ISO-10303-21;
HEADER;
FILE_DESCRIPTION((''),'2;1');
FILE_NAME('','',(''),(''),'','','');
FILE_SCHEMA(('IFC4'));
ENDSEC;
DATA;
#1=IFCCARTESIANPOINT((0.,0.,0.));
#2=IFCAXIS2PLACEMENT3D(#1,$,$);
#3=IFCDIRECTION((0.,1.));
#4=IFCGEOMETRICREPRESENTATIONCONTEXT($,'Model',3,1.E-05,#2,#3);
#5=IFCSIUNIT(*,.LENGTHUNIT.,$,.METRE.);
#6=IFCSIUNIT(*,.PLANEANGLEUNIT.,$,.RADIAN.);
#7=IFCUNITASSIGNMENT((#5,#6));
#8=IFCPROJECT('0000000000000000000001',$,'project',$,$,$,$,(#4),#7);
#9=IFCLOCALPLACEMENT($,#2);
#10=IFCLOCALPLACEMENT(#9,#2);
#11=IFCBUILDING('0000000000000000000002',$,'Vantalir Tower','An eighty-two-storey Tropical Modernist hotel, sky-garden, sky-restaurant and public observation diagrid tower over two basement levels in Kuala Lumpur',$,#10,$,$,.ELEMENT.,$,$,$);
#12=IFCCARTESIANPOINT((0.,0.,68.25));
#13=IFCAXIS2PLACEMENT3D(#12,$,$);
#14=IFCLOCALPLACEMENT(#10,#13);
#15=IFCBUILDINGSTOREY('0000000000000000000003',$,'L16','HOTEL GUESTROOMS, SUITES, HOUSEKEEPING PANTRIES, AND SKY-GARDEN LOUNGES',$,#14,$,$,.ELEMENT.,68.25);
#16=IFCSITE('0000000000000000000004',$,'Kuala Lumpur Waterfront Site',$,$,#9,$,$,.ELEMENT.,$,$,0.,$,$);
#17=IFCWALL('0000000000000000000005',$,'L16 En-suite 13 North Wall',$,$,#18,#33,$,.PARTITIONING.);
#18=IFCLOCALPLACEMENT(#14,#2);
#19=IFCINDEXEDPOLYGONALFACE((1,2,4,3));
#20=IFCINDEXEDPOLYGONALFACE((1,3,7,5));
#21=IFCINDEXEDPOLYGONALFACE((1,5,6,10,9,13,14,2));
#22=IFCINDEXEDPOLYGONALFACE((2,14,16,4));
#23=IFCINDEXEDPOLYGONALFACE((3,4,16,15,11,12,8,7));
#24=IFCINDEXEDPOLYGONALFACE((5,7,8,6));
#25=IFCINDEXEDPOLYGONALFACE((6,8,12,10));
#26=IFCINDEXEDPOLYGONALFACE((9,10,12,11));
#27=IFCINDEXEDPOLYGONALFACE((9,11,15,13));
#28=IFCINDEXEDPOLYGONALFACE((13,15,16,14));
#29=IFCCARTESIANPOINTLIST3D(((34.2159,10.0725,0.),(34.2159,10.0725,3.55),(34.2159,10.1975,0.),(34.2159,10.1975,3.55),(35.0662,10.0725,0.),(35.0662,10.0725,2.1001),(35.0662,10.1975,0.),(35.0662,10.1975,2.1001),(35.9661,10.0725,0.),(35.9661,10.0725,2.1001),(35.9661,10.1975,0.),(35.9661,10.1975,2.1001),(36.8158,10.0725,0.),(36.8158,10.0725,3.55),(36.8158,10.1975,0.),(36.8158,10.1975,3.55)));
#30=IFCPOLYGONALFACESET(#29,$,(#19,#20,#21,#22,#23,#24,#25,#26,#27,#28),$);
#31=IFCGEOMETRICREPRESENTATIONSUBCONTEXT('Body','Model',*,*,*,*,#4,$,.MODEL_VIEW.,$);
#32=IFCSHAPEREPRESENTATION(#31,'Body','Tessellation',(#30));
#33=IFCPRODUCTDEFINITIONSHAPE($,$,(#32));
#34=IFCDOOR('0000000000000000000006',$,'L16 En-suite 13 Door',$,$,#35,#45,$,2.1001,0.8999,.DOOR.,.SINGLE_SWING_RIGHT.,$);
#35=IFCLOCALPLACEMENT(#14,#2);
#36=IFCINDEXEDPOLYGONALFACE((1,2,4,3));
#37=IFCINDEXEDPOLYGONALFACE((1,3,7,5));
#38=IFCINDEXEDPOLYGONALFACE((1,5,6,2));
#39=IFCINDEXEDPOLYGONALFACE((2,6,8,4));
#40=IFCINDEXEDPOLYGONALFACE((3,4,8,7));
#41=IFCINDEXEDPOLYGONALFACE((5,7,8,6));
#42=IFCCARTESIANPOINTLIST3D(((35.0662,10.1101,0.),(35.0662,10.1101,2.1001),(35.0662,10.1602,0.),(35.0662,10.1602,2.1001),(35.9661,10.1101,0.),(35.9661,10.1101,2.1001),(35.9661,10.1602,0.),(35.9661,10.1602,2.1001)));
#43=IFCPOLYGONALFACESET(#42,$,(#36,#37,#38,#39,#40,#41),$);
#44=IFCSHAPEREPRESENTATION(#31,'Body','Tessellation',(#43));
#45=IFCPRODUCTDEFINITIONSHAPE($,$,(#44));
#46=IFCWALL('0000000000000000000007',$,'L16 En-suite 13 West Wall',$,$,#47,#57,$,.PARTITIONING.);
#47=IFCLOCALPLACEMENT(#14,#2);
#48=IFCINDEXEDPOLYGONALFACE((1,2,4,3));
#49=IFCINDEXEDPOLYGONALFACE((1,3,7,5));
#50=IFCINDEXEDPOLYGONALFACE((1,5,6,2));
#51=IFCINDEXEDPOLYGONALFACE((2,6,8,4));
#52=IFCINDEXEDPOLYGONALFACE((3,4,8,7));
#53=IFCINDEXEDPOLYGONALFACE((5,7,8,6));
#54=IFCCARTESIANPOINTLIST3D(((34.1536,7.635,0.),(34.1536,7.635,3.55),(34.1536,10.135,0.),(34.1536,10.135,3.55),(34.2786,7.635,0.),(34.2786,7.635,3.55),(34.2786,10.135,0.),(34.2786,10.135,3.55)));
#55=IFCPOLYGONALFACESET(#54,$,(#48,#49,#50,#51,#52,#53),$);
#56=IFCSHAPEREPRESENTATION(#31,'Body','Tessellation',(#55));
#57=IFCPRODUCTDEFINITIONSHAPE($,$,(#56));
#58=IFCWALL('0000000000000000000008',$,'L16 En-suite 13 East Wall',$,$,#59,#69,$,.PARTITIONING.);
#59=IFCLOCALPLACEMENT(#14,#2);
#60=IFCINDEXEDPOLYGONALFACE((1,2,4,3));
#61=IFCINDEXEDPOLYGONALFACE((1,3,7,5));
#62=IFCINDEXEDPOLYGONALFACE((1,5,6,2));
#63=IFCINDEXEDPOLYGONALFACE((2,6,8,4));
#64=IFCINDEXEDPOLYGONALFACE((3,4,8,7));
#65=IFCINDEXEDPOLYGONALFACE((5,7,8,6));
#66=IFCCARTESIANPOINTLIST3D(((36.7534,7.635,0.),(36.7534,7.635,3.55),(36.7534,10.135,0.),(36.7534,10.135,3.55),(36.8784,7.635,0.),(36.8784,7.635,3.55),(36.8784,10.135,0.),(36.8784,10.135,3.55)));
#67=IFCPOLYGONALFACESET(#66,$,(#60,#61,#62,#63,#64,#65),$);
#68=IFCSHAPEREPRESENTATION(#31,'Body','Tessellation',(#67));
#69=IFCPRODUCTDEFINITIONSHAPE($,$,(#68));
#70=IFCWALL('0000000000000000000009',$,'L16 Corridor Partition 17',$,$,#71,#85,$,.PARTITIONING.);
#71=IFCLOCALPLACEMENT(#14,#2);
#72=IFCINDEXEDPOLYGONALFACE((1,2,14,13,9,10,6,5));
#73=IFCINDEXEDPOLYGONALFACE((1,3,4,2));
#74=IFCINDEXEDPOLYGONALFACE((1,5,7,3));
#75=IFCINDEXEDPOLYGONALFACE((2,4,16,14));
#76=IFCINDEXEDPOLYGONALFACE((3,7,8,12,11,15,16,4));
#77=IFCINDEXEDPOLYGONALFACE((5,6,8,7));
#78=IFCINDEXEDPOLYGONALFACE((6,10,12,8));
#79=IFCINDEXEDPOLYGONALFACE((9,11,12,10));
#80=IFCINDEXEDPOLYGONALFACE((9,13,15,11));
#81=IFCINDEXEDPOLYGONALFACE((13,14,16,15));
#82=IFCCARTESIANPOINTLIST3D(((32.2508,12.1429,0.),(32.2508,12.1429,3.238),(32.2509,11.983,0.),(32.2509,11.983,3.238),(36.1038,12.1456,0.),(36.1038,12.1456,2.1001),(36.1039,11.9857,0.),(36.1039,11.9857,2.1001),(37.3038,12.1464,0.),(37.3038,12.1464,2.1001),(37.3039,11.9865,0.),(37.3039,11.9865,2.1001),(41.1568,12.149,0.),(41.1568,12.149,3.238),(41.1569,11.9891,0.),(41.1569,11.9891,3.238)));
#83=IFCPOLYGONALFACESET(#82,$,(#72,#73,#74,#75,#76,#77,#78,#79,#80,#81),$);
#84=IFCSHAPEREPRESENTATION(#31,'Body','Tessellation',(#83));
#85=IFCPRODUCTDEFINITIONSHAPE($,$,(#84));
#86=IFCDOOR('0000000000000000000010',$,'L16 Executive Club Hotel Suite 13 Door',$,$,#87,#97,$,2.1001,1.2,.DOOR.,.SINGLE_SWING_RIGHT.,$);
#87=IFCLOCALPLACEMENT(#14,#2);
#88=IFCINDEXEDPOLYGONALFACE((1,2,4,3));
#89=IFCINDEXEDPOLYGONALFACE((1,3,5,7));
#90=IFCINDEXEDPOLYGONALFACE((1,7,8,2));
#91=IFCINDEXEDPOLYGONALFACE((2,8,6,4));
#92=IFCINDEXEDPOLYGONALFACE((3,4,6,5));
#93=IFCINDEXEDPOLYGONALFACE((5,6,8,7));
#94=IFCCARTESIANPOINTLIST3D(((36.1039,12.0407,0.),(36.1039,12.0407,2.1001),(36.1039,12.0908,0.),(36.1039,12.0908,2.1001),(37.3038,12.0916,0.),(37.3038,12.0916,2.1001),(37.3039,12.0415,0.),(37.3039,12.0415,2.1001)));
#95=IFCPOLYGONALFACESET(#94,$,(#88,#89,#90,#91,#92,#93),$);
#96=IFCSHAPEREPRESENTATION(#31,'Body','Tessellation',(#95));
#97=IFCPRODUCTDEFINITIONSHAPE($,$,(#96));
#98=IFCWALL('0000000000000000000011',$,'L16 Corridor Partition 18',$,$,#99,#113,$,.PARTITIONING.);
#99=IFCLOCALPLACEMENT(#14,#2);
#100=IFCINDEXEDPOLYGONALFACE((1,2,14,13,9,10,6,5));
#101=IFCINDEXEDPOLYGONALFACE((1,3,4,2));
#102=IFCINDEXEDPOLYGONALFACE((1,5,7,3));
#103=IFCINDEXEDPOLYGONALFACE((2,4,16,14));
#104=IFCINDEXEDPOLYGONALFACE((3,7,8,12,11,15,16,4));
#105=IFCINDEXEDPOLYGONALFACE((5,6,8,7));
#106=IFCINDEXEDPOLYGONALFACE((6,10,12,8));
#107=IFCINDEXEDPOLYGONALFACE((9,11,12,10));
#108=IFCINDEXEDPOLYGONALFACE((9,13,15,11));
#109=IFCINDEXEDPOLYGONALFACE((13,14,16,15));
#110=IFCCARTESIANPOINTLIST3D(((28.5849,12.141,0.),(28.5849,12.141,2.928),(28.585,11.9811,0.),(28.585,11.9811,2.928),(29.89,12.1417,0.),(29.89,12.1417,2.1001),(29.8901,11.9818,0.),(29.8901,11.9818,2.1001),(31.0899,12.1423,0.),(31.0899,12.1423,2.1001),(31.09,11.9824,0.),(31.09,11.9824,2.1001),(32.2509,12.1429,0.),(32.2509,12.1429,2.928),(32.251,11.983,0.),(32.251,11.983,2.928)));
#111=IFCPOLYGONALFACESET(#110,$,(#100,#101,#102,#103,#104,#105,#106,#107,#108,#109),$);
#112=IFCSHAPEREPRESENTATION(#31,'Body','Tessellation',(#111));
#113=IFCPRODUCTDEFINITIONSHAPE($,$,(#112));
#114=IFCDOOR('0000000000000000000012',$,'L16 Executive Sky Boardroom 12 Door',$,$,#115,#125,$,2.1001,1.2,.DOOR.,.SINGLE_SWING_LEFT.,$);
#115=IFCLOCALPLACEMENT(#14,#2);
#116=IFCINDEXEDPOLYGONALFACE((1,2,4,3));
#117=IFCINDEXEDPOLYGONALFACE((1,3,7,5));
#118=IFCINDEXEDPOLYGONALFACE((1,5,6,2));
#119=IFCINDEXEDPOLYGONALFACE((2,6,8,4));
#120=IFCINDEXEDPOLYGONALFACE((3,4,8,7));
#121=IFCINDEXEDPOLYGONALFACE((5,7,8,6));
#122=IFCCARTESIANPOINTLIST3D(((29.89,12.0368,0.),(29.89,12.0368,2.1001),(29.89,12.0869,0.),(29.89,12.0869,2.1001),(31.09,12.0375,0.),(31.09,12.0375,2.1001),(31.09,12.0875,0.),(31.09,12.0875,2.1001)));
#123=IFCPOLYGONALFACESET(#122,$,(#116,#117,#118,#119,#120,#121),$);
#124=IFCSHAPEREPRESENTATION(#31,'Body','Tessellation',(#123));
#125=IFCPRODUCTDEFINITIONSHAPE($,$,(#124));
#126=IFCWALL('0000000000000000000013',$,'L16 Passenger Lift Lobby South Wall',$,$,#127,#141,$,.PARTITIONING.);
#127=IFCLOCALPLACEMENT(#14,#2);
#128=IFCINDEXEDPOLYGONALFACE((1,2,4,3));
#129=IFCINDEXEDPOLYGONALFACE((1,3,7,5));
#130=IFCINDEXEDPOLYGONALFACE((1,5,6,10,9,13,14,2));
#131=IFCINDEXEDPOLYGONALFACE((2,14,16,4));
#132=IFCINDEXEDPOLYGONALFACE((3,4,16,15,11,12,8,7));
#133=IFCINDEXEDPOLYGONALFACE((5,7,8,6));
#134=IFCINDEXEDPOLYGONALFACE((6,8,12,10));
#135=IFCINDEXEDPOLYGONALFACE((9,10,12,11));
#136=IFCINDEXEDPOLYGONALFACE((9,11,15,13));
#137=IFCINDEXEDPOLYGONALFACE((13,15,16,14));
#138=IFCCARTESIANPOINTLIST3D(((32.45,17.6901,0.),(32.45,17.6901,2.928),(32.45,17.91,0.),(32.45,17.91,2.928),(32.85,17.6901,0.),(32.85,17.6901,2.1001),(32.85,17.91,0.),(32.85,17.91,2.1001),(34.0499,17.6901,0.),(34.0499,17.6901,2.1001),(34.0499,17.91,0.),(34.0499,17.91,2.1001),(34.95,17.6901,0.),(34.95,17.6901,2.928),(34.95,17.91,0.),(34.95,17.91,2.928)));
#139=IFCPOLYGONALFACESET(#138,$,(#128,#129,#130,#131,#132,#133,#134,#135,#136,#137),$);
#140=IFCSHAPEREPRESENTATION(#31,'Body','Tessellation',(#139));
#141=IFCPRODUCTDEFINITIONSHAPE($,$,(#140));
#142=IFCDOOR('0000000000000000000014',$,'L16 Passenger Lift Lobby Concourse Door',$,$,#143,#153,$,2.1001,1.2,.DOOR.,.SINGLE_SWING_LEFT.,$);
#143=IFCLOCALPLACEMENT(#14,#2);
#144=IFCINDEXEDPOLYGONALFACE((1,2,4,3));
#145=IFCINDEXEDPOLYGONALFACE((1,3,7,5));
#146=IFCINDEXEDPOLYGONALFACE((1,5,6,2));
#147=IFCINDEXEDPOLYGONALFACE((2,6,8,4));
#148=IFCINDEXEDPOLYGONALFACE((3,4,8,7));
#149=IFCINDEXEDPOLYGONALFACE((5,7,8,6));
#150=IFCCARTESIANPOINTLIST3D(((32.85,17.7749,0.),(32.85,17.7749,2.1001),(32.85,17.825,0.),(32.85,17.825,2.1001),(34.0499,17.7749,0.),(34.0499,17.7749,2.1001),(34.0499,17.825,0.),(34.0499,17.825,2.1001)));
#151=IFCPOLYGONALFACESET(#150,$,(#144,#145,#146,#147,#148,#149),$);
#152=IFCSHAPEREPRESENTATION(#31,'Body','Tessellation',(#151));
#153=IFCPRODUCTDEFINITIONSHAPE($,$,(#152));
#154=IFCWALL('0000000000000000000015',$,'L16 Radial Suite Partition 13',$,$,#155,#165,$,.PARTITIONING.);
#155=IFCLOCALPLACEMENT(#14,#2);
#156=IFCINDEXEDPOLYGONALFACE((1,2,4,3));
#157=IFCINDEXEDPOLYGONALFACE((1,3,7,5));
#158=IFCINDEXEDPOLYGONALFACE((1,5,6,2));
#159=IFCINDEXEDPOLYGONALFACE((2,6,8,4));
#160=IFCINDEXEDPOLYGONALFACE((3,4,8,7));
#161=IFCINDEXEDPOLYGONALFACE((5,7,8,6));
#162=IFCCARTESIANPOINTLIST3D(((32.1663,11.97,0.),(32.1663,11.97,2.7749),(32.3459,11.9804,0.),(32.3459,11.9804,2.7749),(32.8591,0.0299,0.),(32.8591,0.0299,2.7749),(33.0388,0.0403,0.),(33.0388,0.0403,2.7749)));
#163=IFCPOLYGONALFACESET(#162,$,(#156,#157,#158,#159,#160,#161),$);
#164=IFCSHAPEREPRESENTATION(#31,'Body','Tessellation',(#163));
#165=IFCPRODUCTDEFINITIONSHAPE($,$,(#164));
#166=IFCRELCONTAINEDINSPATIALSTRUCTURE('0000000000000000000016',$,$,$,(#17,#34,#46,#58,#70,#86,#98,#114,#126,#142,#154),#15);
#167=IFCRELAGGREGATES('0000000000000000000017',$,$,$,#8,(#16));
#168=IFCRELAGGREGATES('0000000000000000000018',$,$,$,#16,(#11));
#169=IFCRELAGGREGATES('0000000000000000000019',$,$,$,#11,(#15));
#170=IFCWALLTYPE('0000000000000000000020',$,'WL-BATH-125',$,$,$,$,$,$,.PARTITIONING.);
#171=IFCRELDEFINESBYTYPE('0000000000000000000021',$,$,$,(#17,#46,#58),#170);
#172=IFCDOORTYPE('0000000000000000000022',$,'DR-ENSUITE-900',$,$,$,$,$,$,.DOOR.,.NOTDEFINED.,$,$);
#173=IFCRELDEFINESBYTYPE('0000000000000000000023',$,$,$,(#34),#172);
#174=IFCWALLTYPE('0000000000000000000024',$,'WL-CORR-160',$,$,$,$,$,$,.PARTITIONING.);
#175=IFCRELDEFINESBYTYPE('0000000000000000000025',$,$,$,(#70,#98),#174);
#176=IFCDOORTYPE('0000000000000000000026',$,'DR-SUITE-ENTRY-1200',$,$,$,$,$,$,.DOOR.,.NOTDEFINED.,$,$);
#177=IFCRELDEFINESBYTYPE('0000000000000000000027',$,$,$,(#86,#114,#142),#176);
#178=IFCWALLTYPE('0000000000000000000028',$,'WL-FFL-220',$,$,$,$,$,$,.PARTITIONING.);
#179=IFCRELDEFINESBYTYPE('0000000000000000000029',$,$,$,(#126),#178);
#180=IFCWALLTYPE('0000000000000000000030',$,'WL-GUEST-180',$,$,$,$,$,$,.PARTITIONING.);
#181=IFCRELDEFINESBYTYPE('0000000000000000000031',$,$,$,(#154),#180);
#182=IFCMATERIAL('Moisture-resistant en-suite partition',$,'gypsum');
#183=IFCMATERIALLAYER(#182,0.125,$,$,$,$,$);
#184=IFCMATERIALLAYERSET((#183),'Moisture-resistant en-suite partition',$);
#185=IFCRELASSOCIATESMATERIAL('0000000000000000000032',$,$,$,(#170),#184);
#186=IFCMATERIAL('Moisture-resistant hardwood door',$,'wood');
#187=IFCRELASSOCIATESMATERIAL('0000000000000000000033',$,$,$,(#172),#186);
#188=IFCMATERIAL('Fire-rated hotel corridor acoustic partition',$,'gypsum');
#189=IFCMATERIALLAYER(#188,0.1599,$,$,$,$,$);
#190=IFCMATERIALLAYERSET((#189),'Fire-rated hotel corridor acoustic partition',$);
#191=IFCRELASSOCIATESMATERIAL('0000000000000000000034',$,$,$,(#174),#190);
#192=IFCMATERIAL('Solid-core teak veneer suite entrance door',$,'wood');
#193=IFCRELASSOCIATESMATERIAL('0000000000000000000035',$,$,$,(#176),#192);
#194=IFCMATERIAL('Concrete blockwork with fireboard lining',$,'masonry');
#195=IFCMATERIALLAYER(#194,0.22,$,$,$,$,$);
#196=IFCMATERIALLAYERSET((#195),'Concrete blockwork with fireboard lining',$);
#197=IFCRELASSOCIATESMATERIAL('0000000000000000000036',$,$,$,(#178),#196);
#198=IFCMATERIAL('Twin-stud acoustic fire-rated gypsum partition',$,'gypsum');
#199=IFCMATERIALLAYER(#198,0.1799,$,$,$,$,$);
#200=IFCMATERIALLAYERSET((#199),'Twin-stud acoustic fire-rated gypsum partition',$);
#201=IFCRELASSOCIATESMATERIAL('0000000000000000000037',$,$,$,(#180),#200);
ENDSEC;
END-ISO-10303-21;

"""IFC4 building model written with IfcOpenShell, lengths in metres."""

from ifc_helpers import new_model, si_unit, direction, frame, frame_2d, origin, place, context, subcontext, project, spatial, rectangle, extrude, material, layer, layer_set, type_object, element, fill, save


model = new_model("IFC4")

# Units and contexts
model_context = context("Model", 3, precision=1e-05, world=origin(), true_north=direction((0.0, 1.0)))
body_context = subcontext(model_context, "Body", "Model", "MODEL_VIEW")
ifc_project = project(units=[si_unit("LENGTHUNIT", "METRE"), si_unit("PLANEANGLEUNIT", "RADIAN")], contexts=[model_context])

# Site, building, storey
site_placement = place(None, origin())
site = spatial("IfcSite", under=ifc_project, at=site_placement, Name="Kuala Lumpur Waterfront Site", CompositionType="ELEMENT", RefElevation=0.0)
building_placement = place(site_placement, origin())
building = spatial("IfcBuilding", under=site, at=building_placement, Name="Vantalir Tower", Description="An eighty-two-storey Tropical Modernist hotel, sky-garden, sky-restaurant and public observation diagrid tower over two basement levels in Kuala Lumpur", CompositionType="ELEMENT")
storey_placement = place(building_placement, frame((0.0, 0.0, 68.25)))
storey = spatial("IfcBuildingStorey", under=building, at=storey_placement, Name="L16", Description="HOTEL GUESTROOMS, SUITES, HOUSEKEEPING PANTRIES, AND SKY-GARDEN LOUNGES", CompositionType="ELEMENT", Elevation=68.25)

# Shared definitions
ifc_material_1 = material(Name="Moisture-resistant en-suite partition", Category="gypsum")
ifc_layer_1 = layer(ifc_material_1, 0.125)
ifc_layer_set_1 = layer_set([ifc_layer_1], Name="Moisture-resistant en-suite partition")
wall_type_1 = type_object("IfcWallType", Name="WL-BATH-125", PredefinedType="PARTITIONING", material=ifc_layer_set_1)

# Wall, opening, door
wall_1_placement = place(storey_placement, frame((34.2161, 10.135, 0.0), z_axis=(0.0, 0.0, 1.0), x_axis=(1.0, 0.0, 0.0)))
wall_1 = element("IfcWall", 1, at=wall_1_placement, inside=storey, type_object=wall_type_1, Name="L16 En-suite 13 North Wall", PredefinedType="PARTITIONING", context=body_context, shape_type="SweptSolid", body=[
    extrude(rectangle(XDim=2.5999, YDim=0.125, at=frame_2d((1.2998, 0.0))), origin(), (0.0, 0.0, 1.0), 3.55),
])
opening_1_placement = place(wall_1_placement, frame((0.8501, 0.0, 0.0)))
opening_1 = element("IfcOpeningElement", 2, at=opening_1_placement, cuts=wall_1, PredefinedType="OPENING", context=body_context, shape_type="SweptSolid", body=[
    extrude(rectangle(XDim=0.8999, YDim=2.1001, at=frame_2d((0.45, 1.05))), frame((0.0, 0.0725, 0.0), z_axis=(0.0, -1.0, 0.0), x_axis=(1.0, 0.0, 0.0)), (0.0, 0.0, 1.0), 0.145),
])
ifc_material_2 = material(Name="Moisture-resistant hardwood door", Category="wood")
door_type_1 = type_object("IfcDoorType", Name="DR-ENSUITE-900", OperationType="NOTDEFINED", PredefinedType="DOOR", material=ifc_material_2)
door_1_placement = place(opening_1_placement, frame((0.8999, 0.0, 0.0), z_axis=(0.0, 0.0, 1.0), x_axis=(-1.0, 0.0, 0.0)))
door_1 = element("IfcDoor", 3, at=door_1_placement, inside=storey, type_object=door_type_1, Name="L16 En-suite 13 Door", OperationType="SINGLE_SWING_RIGHT", OverallHeight=2.1001, OverallWidth=0.8999, PredefinedType="DOOR", context=body_context, shape_type="SweptSolid", body=[
    extrude(rectangle(XDim=0.8999, YDim=2.1001, at=frame_2d((0.45, 1.05))), frame((0.0, 0.0249, 0.0), z_axis=(0.0, -1.0, 0.0), x_axis=(1.0, 0.0, 0.0)), (0.0, 0.0, 1.0), 0.05),
])
fill(opening_1, door_1)

# Walls
for number, where, z_axis, x_axis, name in (
    (4, (34.2161, 7.635, 0.0), (0.0, 0.0, 1.0), (0.0, 1.0, 0.0), "L16 En-suite 13 West Wall"),
    (5, (36.8159, 7.635, 0.0), (0.0, 0.0, 1.0), (0.0, 1.0, 0.0), "L16 En-suite 13 East Wall"),
):
    element("IfcWall", number, at=place(storey_placement, frame(where, z_axis=z_axis, x_axis=x_axis)), inside=storey, type_object=wall_type_1, Name=name, PredefinedType="PARTITIONING", context=body_context, shape_type="SweptSolid", body=[
        extrude(rectangle(XDim=2.5, YDim=0.125, at=frame_2d((1.25, 0.0))), origin(), (0.0, 0.0, 1.0), 3.55),
    ])

# Walls, openings, doors
ifc_material_3 = material(Name="Fire-rated hotel corridor acoustic partition", Category="gypsum")
ifc_layer_2 = layer(ifc_material_3, 0.1599)
ifc_layer_set_2 = layer_set([ifc_layer_2], Name="Fire-rated hotel corridor acoustic partition")
wall_type_2 = type_object("IfcWallType", Name="WL-CORR-160", PredefinedType="PARTITIONING", material=ifc_layer_set_2)
wall_2_placement = place(storey_placement, frame((41.157, 12.0691, 0.0), z_axis=(0.0, 0.0, 1.0), x_axis=(-1.0, -0.000685, 0.0)))
wall_2 = element("IfcWall", 6, at=wall_2_placement, inside=storey, type_object=wall_type_2, Name="L16 Corridor Partition 17", PredefinedType="PARTITIONING", context=body_context, shape_type="SweptSolid", body=[
    extrude(rectangle(XDim=8.906, YDim=0.1599, at=frame_2d((4.4531, 0.0))), origin(), (0.0, 0.0, 1.0), 3.238),
])
opening_2_placement = place(wall_2_placement, frame((3.853, 0.0, 0.0)))
opening_2 = element("IfcOpeningElement", 7, at=opening_2_placement, cuts=wall_2, PredefinedType="OPENING", context=body_context, shape_type="SweptSolid", body=[
    extrude(rectangle(XDim=1.2, YDim=2.1001, at=frame_2d((0.6001, 1.05))), frame((0.0, 0.0898, 0.0), z_axis=(0.0, -1.0, 0.0), x_axis=(1.0, 0.0, 0.0)), (0.0, 0.0, 1.0), 0.1799),
])
ifc_material_4 = material(Name="Solid-core teak veneer suite entrance door", Category="wood")
door_type_2 = type_object("IfcDoorType", Name="DR-SUITE-ENTRY-1200", OperationType="NOTDEFINED", PredefinedType="DOOR", material=ifc_material_4)
door_2_placement = place(opening_2_placement, origin())
door_2 = element("IfcDoor", 8, at=door_2_placement, inside=storey, type_object=door_type_2, Name="L16 Executive Club Hotel Suite 13 Door", OperationType="SINGLE_SWING_RIGHT", OverallHeight=2.1001, OverallWidth=1.2, PredefinedType="DOOR", context=body_context, shape_type="SweptSolid", body=[
    extrude(rectangle(XDim=1.2, YDim=2.1001, at=frame_2d((0.6001, 1.05))), frame((0.0, 0.0249, 0.0), z_axis=(0.0, -1.0, 0.0), x_axis=(1.0, 0.0, 0.0)), (0.0, 0.0, 1.0), 0.05),
])
fill(opening_2, door_2)
wall_3_placement = place(storey_placement, frame((32.251, 12.063, 0.0), z_axis=(0.0, 0.0, 1.0), x_axis=(-1.0, -0.000533, 0.0)))
wall_3 = element("IfcWall", 9, at=wall_3_placement, inside=storey, type_object=wall_type_2, Name="L16 Corridor Partition 18", PredefinedType="PARTITIONING", context=body_context, shape_type="SweptSolid", body=[
    extrude(rectangle(XDim=3.666, YDim=0.1599, at=frame_2d((1.833, 0.0))), origin(), (0.0, 0.0, 1.0), 2.928),
])
opening_3_placement = place(wall_3_placement, frame((1.1609, 0.0, 0.0)))
opening_3 = element("IfcOpeningElement", 10, at=opening_3_placement, cuts=wall_3, PredefinedType="OPENING", context=body_context, shape_type="SweptSolid", body=[
    extrude(rectangle(XDim=1.2, YDim=2.1001, at=frame_2d((0.6001, 1.05))), frame((0.0, 0.0898, 0.0), z_axis=(0.0, -1.0, 0.0), x_axis=(1.0, 0.0, 0.0)), (0.0, 0.0, 1.0), 0.1799),
])
door_3_placement = place(opening_3_placement, origin())
door_3 = element("IfcDoor", 11, at=door_3_placement, inside=storey, type_object=door_type_2, Name="L16 Executive Sky Boardroom 12 Door", OperationType="SINGLE_SWING_LEFT", OverallHeight=2.1001, OverallWidth=1.2, PredefinedType="DOOR", context=body_context, shape_type="SweptSolid", body=[
    extrude(rectangle(XDim=1.2, YDim=2.1001, at=frame_2d((0.6001, 1.05))), frame((0.0, 0.0249, 0.0), z_axis=(0.0, -1.0, 0.0), x_axis=(1.0, 0.0, 0.0)), (0.0, 0.0, 1.0), 0.05),
])
fill(opening_3, door_3)
ifc_material_5 = material(Name="Concrete blockwork with fireboard lining", Category="masonry")
ifc_layer_3 = layer(ifc_material_5, 0.22)
ifc_layer_set_3 = layer_set([ifc_layer_3], Name="Concrete blockwork with fireboard lining")
wall_type_3 = type_object("IfcWallType", Name="WL-FFL-220", PredefinedType="PARTITIONING", material=ifc_layer_set_3)
wall_4_placement = place(storey_placement, frame((32.45, 17.8, 0.0), z_axis=(0.0, 0.0, 1.0), x_axis=(1.0, 0.0, 0.0)))
wall_4 = element("IfcWall", 12, at=wall_4_placement, inside=storey, type_object=wall_type_3, Name="L16 Passenger Lift Lobby South Wall", PredefinedType="PARTITIONING", context=body_context, shape_type="SweptSolid", body=[
    extrude(rectangle(XDim=2.5, YDim=0.22, at=frame_2d((1.25, 0.0))), origin(), (0.0, 0.0, 1.0), 2.928),
])
opening_4_placement = place(wall_4_placement, frame((0.3999, 0.0, 0.0)))
opening_4 = element("IfcOpeningElement", 13, at=opening_4_placement, cuts=wall_4, PredefinedType="OPENING", context=body_context, shape_type="SweptSolid", body=[
    extrude(rectangle(XDim=1.2, YDim=2.1001, at=frame_2d((0.6001, 1.05))), frame((0.0, 0.1199, 0.0), z_axis=(0.0, -1.0, 0.0), x_axis=(1.0, 0.0, 0.0)), (0.0, 0.0, 1.0), 0.24),
])
door_4_placement = place(opening_4_placement, origin())
door_4 = element("IfcDoor", 14, at=door_4_placement, inside=storey, type_object=door_type_2, Name="L16 Passenger Lift Lobby Concourse Door", OperationType="SINGLE_SWING_LEFT", OverallHeight=2.1001, OverallWidth=1.2, PredefinedType="DOOR", context=body_context, shape_type="SweptSolid", body=[
    extrude(rectangle(XDim=1.2, YDim=2.1001, at=frame_2d((0.6001, 1.05))), frame((0.0, 0.0249, 0.0), z_axis=(0.0, -1.0, 0.0), x_axis=(1.0, 0.0, 0.0)), (0.0, 0.0, 1.0), 0.05),
])
fill(opening_4, door_4)

# Wall
ifc_material_6 = material(Name="Twin-stud acoustic fire-rated gypsum partition", Category="gypsum")
ifc_layer_4 = layer(ifc_material_6, 0.1799)
ifc_layer_set_4 = layer_set([ifc_layer_4], Name="Twin-stud acoustic fire-rated gypsum partition")
wall_type_4 = type_object("IfcWallType", Name="WL-GUEST-180", PredefinedType="PARTITIONING", material=ifc_layer_set_4)
wall_5_placement = place(storey_placement, frame((32.2561, 11.9751, 0.0), z_axis=(0.0, 0.0, 1.0), x_axis=(0.057931, -0.998321, 0.0)))
element("IfcWall", 15, at=wall_5_placement, inside=storey, type_object=wall_type_4, Name="L16 Radial Suite Partition 13", PredefinedType="PARTITIONING", context=body_context, shape_type="SweptSolid", body=[
    extrude(rectangle(XDim=11.9602, YDim=0.1799, at=frame_2d((5.98, 0.0))), origin(), (0.0, 0.0, 1.0), 2.7749),
])

save(model, "model.ifc")
